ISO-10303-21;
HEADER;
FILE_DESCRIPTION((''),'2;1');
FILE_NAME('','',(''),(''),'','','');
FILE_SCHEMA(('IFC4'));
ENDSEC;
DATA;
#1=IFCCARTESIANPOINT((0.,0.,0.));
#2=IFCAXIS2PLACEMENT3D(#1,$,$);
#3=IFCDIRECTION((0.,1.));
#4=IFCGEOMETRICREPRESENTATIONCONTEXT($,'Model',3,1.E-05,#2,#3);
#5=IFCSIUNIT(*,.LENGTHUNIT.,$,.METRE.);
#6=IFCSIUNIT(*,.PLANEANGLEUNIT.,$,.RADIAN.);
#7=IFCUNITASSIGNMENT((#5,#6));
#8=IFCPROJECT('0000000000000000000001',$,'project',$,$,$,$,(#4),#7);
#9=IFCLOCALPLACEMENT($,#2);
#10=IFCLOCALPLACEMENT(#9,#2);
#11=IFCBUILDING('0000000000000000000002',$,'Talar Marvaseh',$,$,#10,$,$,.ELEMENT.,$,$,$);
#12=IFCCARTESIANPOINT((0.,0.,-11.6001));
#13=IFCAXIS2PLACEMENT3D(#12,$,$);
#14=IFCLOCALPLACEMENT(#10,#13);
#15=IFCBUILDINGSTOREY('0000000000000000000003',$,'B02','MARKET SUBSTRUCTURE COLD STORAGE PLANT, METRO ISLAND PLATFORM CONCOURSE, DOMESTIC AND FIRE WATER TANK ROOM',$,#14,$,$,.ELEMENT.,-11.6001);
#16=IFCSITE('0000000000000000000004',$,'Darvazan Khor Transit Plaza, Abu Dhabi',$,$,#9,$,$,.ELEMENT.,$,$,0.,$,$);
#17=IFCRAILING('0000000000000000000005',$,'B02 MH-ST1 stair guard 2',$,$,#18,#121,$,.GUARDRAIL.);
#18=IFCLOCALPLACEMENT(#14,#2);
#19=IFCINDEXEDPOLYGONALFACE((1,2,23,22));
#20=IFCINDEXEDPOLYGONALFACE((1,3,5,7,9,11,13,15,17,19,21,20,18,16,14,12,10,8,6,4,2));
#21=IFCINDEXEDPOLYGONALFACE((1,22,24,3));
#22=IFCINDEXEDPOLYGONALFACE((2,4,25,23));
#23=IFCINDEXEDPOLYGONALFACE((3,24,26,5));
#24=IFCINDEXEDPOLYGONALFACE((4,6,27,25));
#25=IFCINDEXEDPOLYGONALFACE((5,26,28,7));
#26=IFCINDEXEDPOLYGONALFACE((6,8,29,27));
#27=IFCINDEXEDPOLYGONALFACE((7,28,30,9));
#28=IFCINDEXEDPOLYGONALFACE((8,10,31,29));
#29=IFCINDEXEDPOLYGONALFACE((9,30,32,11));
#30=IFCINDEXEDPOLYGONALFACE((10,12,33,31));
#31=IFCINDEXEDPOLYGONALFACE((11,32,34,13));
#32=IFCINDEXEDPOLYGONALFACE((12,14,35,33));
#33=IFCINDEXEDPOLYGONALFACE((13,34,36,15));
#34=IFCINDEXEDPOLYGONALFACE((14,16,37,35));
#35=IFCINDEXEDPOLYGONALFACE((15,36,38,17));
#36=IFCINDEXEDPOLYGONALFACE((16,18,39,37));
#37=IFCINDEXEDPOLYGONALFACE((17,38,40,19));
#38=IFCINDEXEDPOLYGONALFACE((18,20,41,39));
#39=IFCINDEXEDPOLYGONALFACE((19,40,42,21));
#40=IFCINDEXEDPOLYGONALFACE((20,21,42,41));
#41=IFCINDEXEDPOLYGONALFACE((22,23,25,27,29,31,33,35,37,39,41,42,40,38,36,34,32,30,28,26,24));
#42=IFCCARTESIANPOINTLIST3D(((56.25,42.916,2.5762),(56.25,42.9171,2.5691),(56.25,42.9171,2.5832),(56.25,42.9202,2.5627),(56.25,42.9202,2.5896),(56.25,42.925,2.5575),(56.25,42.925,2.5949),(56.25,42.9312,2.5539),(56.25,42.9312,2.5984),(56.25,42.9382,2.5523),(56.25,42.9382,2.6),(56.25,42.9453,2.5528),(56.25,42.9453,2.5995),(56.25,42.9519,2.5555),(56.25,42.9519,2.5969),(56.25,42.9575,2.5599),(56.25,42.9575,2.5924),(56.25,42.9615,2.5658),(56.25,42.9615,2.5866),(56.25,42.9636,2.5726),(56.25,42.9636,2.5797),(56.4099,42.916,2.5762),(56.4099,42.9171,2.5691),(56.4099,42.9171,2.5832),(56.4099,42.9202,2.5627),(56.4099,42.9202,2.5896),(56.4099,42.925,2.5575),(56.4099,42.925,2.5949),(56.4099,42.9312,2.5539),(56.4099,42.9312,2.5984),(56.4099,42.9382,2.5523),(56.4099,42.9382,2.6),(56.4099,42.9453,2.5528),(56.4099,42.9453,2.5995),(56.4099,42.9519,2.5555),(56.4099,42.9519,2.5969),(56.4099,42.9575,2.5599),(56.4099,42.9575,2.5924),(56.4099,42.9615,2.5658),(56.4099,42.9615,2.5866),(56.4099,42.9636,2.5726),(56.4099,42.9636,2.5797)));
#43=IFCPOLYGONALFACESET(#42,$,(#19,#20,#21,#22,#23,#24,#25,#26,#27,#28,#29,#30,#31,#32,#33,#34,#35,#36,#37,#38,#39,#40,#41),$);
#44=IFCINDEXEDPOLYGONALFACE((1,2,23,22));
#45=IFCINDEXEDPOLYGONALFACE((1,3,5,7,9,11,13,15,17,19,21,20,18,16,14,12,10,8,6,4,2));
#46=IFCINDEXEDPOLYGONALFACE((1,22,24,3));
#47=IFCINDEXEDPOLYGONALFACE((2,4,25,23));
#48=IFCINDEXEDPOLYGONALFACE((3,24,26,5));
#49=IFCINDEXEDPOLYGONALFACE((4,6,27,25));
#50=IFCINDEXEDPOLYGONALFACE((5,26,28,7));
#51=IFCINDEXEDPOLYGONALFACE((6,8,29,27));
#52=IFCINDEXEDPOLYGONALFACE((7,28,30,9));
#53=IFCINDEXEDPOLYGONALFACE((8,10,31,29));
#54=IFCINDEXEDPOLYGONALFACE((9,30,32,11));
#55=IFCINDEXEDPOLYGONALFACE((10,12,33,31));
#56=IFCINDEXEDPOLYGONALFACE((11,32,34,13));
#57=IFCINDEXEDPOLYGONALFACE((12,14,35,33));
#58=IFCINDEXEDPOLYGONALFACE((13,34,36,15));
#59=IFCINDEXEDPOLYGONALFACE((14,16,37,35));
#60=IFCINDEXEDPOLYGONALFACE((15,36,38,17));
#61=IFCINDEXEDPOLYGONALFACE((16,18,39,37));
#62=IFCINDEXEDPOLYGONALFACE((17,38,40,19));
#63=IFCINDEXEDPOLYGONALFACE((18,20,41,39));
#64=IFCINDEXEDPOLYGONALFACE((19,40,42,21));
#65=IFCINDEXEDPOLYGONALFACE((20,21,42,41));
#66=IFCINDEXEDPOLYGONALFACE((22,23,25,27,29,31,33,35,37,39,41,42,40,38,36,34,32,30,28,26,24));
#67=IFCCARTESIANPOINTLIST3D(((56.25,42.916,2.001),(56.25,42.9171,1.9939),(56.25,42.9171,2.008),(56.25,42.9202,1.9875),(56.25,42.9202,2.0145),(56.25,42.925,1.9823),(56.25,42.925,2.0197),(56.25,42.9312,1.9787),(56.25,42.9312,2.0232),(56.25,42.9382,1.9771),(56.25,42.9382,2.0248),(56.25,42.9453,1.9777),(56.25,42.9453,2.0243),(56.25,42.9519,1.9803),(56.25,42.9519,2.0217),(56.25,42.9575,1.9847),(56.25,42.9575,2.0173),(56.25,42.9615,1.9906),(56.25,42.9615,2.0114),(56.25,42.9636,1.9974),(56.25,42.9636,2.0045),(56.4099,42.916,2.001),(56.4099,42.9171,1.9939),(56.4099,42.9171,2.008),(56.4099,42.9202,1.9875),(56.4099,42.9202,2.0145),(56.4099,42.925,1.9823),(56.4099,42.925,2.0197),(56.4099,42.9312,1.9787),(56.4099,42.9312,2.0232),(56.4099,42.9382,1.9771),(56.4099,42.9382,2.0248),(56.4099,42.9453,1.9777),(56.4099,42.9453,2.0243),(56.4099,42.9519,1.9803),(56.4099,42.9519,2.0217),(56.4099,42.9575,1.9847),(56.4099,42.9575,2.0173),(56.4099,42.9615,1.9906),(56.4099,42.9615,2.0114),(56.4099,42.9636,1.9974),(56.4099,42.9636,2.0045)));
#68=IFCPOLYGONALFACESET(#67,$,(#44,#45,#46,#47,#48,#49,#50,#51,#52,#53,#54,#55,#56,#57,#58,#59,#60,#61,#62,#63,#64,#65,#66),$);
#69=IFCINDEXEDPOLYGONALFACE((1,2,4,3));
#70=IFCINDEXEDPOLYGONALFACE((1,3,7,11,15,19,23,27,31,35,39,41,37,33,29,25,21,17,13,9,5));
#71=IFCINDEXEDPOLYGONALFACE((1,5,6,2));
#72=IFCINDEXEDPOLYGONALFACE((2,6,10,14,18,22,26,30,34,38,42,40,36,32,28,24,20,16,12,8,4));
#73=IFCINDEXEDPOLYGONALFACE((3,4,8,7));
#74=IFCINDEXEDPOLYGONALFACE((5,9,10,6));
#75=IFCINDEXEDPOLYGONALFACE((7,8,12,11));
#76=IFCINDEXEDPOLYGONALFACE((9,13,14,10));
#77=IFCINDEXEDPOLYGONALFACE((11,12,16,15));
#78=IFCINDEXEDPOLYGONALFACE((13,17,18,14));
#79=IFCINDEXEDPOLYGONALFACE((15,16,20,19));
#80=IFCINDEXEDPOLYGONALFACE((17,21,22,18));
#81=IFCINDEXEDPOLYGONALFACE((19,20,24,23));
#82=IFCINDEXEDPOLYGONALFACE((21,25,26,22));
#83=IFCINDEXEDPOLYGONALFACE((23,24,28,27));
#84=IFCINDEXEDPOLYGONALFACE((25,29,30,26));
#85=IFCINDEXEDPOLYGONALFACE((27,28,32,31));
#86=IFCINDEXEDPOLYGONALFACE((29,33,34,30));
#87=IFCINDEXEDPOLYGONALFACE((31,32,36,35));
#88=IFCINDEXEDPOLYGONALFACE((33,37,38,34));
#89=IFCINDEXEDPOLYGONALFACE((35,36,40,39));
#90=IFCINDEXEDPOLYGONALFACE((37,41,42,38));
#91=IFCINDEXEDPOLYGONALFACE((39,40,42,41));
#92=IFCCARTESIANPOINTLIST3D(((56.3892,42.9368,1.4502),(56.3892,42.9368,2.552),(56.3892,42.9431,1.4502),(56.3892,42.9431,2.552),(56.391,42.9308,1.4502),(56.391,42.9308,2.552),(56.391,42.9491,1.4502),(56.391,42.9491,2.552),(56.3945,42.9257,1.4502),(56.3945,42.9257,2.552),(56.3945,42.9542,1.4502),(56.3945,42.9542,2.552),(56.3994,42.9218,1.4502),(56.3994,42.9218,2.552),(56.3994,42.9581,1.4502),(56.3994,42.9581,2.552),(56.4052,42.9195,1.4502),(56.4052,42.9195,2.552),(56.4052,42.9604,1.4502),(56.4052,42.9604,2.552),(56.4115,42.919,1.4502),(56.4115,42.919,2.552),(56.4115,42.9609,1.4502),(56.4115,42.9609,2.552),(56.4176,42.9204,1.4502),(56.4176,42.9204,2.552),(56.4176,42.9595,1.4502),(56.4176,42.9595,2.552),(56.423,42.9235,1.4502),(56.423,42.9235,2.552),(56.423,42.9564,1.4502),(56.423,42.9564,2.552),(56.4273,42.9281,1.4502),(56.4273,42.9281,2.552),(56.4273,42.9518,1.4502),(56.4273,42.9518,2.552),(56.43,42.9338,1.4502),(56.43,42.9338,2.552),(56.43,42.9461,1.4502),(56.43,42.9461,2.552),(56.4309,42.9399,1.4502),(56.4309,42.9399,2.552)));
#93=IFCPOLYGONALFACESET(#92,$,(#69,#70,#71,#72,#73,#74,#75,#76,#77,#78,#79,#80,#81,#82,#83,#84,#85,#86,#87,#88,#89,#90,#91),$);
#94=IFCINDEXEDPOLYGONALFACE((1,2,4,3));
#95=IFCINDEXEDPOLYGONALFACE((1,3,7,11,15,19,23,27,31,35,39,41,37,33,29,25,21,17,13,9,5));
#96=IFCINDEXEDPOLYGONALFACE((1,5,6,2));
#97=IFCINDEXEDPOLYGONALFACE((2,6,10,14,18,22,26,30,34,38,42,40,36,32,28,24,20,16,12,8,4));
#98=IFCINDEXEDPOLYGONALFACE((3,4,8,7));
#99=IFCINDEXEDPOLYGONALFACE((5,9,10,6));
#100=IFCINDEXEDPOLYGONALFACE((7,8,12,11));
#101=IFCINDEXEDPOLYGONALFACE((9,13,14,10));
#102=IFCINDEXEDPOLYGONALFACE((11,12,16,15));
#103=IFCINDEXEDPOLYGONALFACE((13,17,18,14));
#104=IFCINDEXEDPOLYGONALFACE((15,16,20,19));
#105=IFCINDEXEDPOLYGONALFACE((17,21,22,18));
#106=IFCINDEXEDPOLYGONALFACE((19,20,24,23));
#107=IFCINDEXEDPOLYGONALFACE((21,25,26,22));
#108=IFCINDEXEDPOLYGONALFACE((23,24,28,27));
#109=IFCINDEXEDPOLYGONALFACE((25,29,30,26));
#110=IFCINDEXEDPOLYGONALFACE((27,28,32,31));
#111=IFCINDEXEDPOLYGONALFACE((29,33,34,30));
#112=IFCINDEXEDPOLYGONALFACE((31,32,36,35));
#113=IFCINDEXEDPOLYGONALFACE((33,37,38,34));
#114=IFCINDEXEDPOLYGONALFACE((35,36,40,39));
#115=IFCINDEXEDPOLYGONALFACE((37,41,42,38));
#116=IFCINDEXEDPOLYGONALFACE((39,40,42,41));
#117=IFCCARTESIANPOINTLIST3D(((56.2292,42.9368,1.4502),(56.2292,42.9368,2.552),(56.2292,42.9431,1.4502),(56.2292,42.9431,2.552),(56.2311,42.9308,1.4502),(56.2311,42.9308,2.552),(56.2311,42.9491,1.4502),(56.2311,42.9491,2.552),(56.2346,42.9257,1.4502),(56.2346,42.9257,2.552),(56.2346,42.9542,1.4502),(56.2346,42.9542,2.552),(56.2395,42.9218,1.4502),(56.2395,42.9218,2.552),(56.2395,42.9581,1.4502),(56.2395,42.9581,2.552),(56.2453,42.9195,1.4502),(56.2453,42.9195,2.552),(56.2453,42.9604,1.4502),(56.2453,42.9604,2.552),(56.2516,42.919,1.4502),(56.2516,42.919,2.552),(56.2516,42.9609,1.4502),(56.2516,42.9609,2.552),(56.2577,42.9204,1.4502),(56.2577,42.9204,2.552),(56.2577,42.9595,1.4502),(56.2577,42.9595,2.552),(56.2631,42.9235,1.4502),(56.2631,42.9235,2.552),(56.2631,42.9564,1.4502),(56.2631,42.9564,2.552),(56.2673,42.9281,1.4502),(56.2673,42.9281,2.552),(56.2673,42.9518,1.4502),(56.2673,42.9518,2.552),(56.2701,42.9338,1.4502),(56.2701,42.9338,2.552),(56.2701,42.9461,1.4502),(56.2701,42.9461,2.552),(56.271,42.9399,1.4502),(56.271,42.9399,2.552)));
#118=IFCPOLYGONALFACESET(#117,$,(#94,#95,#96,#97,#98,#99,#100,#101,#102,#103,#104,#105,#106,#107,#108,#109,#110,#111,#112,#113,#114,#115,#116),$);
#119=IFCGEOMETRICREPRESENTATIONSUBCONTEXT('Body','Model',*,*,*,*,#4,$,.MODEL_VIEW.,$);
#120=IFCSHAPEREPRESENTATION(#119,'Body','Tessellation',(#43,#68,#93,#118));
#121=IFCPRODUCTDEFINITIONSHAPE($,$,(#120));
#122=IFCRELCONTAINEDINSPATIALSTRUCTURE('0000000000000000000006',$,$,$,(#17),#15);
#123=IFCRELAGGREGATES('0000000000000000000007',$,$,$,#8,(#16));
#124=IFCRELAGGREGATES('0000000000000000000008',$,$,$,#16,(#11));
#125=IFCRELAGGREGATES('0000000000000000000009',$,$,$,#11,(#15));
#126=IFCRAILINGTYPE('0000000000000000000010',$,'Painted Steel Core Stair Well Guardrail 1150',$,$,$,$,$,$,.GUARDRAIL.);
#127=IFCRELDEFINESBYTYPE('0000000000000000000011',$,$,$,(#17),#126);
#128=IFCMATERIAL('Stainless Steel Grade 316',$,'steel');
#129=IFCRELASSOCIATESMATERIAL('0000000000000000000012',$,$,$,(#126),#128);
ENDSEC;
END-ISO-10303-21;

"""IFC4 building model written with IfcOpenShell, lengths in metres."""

from ifc_helpers import new_model, si_unit, direction, frame, origin, origin_2d, place, context, subcontext, project, spatial, circle, extrude, material, type_object, element, save


model = new_model("IFC4")

# Units and contexts
model_context = context("Model", 3, precision=1e-05, world=origin(), true_north=direction((0.0, 1.0)))
body_context = subcontext(model_context, "Body", "Model", "MODEL_VIEW")
ifc_project = project(units=[si_unit("LENGTHUNIT", "METRE"), si_unit("PLANEANGLEUNIT", "RADIAN")], contexts=[model_context])

# Site, building, storey
site_placement = place(None, origin())
site = spatial("IfcSite", under=ifc_project, at=site_placement, Name="Darvazan Khor Transit Plaza, Abu Dhabi", CompositionType="ELEMENT", RefElevation=0.0)
building_placement = place(site_placement, origin())
building = spatial("IfcBuilding", under=site, at=building_placement, Name="Talar Marvaseh", CompositionType="ELEMENT")
storey_placement = place(building_placement, frame((0.0, 0.0, -11.6001)))
storey = spatial("IfcBuildingStorey", under=building, at=storey_placement, Name="B02", Description="MARKET SUBSTRUCTURE COLD STORAGE PLANT, METRO ISLAND PLATFORM CONCOURSE, DOMESTIC AND FIRE WATER TANK ROOM", CompositionType="ELEMENT", Elevation=-11.6001)

# Railing
ifc_material_1 = material(Name="Stainless Steel Grade 316", Category="steel")
railing_type_1 = type_object("IfcRailingType", Name="Painted Steel Core Stair Well Guardrail 1150", PredefinedType="GUARDRAIL", material=ifc_material_1)
railing_1_placement = place(storey_placement, frame((56.4099, 42.9399, 1.4502)))
element("IfcRailing", 1, at=railing_1_placement, inside=storey, type_object=railing_type_1, Name="B02 MH-ST1 stair guard 2", PredefinedType="GUARDRAIL", context=body_context, shape_type="SweptSolid", body=[
    extrude(circle(Radius=0.0239, at=origin_2d()), frame((0.0, 0.0, 1.126), z_axis=(-1.0, 0.0, 0.0), x_axis=(0.0, -1.0, 0.0)), (0.0, 0.0, 1.0), 0.1599),
    extrude(circle(Radius=0.0239, at=origin_2d()), frame((0.0, 0.0, 0.5508), z_axis=(-1.0, 0.0, 0.0), x_axis=(0.0, -1.0, 0.0)), (0.0, 0.0, 1.0), 0.1599),
    extrude(circle(Radius=0.021, at=origin_2d()), origin(), (0.0, 0.0, 1.0), 1.1018),
    extrude(circle(Radius=0.021, at=origin_2d()), frame((-0.1599, 0.0, 0.0)), (0.0, 0.0, 1.0), 1.1018),
])

save(model, "model.ifc")
